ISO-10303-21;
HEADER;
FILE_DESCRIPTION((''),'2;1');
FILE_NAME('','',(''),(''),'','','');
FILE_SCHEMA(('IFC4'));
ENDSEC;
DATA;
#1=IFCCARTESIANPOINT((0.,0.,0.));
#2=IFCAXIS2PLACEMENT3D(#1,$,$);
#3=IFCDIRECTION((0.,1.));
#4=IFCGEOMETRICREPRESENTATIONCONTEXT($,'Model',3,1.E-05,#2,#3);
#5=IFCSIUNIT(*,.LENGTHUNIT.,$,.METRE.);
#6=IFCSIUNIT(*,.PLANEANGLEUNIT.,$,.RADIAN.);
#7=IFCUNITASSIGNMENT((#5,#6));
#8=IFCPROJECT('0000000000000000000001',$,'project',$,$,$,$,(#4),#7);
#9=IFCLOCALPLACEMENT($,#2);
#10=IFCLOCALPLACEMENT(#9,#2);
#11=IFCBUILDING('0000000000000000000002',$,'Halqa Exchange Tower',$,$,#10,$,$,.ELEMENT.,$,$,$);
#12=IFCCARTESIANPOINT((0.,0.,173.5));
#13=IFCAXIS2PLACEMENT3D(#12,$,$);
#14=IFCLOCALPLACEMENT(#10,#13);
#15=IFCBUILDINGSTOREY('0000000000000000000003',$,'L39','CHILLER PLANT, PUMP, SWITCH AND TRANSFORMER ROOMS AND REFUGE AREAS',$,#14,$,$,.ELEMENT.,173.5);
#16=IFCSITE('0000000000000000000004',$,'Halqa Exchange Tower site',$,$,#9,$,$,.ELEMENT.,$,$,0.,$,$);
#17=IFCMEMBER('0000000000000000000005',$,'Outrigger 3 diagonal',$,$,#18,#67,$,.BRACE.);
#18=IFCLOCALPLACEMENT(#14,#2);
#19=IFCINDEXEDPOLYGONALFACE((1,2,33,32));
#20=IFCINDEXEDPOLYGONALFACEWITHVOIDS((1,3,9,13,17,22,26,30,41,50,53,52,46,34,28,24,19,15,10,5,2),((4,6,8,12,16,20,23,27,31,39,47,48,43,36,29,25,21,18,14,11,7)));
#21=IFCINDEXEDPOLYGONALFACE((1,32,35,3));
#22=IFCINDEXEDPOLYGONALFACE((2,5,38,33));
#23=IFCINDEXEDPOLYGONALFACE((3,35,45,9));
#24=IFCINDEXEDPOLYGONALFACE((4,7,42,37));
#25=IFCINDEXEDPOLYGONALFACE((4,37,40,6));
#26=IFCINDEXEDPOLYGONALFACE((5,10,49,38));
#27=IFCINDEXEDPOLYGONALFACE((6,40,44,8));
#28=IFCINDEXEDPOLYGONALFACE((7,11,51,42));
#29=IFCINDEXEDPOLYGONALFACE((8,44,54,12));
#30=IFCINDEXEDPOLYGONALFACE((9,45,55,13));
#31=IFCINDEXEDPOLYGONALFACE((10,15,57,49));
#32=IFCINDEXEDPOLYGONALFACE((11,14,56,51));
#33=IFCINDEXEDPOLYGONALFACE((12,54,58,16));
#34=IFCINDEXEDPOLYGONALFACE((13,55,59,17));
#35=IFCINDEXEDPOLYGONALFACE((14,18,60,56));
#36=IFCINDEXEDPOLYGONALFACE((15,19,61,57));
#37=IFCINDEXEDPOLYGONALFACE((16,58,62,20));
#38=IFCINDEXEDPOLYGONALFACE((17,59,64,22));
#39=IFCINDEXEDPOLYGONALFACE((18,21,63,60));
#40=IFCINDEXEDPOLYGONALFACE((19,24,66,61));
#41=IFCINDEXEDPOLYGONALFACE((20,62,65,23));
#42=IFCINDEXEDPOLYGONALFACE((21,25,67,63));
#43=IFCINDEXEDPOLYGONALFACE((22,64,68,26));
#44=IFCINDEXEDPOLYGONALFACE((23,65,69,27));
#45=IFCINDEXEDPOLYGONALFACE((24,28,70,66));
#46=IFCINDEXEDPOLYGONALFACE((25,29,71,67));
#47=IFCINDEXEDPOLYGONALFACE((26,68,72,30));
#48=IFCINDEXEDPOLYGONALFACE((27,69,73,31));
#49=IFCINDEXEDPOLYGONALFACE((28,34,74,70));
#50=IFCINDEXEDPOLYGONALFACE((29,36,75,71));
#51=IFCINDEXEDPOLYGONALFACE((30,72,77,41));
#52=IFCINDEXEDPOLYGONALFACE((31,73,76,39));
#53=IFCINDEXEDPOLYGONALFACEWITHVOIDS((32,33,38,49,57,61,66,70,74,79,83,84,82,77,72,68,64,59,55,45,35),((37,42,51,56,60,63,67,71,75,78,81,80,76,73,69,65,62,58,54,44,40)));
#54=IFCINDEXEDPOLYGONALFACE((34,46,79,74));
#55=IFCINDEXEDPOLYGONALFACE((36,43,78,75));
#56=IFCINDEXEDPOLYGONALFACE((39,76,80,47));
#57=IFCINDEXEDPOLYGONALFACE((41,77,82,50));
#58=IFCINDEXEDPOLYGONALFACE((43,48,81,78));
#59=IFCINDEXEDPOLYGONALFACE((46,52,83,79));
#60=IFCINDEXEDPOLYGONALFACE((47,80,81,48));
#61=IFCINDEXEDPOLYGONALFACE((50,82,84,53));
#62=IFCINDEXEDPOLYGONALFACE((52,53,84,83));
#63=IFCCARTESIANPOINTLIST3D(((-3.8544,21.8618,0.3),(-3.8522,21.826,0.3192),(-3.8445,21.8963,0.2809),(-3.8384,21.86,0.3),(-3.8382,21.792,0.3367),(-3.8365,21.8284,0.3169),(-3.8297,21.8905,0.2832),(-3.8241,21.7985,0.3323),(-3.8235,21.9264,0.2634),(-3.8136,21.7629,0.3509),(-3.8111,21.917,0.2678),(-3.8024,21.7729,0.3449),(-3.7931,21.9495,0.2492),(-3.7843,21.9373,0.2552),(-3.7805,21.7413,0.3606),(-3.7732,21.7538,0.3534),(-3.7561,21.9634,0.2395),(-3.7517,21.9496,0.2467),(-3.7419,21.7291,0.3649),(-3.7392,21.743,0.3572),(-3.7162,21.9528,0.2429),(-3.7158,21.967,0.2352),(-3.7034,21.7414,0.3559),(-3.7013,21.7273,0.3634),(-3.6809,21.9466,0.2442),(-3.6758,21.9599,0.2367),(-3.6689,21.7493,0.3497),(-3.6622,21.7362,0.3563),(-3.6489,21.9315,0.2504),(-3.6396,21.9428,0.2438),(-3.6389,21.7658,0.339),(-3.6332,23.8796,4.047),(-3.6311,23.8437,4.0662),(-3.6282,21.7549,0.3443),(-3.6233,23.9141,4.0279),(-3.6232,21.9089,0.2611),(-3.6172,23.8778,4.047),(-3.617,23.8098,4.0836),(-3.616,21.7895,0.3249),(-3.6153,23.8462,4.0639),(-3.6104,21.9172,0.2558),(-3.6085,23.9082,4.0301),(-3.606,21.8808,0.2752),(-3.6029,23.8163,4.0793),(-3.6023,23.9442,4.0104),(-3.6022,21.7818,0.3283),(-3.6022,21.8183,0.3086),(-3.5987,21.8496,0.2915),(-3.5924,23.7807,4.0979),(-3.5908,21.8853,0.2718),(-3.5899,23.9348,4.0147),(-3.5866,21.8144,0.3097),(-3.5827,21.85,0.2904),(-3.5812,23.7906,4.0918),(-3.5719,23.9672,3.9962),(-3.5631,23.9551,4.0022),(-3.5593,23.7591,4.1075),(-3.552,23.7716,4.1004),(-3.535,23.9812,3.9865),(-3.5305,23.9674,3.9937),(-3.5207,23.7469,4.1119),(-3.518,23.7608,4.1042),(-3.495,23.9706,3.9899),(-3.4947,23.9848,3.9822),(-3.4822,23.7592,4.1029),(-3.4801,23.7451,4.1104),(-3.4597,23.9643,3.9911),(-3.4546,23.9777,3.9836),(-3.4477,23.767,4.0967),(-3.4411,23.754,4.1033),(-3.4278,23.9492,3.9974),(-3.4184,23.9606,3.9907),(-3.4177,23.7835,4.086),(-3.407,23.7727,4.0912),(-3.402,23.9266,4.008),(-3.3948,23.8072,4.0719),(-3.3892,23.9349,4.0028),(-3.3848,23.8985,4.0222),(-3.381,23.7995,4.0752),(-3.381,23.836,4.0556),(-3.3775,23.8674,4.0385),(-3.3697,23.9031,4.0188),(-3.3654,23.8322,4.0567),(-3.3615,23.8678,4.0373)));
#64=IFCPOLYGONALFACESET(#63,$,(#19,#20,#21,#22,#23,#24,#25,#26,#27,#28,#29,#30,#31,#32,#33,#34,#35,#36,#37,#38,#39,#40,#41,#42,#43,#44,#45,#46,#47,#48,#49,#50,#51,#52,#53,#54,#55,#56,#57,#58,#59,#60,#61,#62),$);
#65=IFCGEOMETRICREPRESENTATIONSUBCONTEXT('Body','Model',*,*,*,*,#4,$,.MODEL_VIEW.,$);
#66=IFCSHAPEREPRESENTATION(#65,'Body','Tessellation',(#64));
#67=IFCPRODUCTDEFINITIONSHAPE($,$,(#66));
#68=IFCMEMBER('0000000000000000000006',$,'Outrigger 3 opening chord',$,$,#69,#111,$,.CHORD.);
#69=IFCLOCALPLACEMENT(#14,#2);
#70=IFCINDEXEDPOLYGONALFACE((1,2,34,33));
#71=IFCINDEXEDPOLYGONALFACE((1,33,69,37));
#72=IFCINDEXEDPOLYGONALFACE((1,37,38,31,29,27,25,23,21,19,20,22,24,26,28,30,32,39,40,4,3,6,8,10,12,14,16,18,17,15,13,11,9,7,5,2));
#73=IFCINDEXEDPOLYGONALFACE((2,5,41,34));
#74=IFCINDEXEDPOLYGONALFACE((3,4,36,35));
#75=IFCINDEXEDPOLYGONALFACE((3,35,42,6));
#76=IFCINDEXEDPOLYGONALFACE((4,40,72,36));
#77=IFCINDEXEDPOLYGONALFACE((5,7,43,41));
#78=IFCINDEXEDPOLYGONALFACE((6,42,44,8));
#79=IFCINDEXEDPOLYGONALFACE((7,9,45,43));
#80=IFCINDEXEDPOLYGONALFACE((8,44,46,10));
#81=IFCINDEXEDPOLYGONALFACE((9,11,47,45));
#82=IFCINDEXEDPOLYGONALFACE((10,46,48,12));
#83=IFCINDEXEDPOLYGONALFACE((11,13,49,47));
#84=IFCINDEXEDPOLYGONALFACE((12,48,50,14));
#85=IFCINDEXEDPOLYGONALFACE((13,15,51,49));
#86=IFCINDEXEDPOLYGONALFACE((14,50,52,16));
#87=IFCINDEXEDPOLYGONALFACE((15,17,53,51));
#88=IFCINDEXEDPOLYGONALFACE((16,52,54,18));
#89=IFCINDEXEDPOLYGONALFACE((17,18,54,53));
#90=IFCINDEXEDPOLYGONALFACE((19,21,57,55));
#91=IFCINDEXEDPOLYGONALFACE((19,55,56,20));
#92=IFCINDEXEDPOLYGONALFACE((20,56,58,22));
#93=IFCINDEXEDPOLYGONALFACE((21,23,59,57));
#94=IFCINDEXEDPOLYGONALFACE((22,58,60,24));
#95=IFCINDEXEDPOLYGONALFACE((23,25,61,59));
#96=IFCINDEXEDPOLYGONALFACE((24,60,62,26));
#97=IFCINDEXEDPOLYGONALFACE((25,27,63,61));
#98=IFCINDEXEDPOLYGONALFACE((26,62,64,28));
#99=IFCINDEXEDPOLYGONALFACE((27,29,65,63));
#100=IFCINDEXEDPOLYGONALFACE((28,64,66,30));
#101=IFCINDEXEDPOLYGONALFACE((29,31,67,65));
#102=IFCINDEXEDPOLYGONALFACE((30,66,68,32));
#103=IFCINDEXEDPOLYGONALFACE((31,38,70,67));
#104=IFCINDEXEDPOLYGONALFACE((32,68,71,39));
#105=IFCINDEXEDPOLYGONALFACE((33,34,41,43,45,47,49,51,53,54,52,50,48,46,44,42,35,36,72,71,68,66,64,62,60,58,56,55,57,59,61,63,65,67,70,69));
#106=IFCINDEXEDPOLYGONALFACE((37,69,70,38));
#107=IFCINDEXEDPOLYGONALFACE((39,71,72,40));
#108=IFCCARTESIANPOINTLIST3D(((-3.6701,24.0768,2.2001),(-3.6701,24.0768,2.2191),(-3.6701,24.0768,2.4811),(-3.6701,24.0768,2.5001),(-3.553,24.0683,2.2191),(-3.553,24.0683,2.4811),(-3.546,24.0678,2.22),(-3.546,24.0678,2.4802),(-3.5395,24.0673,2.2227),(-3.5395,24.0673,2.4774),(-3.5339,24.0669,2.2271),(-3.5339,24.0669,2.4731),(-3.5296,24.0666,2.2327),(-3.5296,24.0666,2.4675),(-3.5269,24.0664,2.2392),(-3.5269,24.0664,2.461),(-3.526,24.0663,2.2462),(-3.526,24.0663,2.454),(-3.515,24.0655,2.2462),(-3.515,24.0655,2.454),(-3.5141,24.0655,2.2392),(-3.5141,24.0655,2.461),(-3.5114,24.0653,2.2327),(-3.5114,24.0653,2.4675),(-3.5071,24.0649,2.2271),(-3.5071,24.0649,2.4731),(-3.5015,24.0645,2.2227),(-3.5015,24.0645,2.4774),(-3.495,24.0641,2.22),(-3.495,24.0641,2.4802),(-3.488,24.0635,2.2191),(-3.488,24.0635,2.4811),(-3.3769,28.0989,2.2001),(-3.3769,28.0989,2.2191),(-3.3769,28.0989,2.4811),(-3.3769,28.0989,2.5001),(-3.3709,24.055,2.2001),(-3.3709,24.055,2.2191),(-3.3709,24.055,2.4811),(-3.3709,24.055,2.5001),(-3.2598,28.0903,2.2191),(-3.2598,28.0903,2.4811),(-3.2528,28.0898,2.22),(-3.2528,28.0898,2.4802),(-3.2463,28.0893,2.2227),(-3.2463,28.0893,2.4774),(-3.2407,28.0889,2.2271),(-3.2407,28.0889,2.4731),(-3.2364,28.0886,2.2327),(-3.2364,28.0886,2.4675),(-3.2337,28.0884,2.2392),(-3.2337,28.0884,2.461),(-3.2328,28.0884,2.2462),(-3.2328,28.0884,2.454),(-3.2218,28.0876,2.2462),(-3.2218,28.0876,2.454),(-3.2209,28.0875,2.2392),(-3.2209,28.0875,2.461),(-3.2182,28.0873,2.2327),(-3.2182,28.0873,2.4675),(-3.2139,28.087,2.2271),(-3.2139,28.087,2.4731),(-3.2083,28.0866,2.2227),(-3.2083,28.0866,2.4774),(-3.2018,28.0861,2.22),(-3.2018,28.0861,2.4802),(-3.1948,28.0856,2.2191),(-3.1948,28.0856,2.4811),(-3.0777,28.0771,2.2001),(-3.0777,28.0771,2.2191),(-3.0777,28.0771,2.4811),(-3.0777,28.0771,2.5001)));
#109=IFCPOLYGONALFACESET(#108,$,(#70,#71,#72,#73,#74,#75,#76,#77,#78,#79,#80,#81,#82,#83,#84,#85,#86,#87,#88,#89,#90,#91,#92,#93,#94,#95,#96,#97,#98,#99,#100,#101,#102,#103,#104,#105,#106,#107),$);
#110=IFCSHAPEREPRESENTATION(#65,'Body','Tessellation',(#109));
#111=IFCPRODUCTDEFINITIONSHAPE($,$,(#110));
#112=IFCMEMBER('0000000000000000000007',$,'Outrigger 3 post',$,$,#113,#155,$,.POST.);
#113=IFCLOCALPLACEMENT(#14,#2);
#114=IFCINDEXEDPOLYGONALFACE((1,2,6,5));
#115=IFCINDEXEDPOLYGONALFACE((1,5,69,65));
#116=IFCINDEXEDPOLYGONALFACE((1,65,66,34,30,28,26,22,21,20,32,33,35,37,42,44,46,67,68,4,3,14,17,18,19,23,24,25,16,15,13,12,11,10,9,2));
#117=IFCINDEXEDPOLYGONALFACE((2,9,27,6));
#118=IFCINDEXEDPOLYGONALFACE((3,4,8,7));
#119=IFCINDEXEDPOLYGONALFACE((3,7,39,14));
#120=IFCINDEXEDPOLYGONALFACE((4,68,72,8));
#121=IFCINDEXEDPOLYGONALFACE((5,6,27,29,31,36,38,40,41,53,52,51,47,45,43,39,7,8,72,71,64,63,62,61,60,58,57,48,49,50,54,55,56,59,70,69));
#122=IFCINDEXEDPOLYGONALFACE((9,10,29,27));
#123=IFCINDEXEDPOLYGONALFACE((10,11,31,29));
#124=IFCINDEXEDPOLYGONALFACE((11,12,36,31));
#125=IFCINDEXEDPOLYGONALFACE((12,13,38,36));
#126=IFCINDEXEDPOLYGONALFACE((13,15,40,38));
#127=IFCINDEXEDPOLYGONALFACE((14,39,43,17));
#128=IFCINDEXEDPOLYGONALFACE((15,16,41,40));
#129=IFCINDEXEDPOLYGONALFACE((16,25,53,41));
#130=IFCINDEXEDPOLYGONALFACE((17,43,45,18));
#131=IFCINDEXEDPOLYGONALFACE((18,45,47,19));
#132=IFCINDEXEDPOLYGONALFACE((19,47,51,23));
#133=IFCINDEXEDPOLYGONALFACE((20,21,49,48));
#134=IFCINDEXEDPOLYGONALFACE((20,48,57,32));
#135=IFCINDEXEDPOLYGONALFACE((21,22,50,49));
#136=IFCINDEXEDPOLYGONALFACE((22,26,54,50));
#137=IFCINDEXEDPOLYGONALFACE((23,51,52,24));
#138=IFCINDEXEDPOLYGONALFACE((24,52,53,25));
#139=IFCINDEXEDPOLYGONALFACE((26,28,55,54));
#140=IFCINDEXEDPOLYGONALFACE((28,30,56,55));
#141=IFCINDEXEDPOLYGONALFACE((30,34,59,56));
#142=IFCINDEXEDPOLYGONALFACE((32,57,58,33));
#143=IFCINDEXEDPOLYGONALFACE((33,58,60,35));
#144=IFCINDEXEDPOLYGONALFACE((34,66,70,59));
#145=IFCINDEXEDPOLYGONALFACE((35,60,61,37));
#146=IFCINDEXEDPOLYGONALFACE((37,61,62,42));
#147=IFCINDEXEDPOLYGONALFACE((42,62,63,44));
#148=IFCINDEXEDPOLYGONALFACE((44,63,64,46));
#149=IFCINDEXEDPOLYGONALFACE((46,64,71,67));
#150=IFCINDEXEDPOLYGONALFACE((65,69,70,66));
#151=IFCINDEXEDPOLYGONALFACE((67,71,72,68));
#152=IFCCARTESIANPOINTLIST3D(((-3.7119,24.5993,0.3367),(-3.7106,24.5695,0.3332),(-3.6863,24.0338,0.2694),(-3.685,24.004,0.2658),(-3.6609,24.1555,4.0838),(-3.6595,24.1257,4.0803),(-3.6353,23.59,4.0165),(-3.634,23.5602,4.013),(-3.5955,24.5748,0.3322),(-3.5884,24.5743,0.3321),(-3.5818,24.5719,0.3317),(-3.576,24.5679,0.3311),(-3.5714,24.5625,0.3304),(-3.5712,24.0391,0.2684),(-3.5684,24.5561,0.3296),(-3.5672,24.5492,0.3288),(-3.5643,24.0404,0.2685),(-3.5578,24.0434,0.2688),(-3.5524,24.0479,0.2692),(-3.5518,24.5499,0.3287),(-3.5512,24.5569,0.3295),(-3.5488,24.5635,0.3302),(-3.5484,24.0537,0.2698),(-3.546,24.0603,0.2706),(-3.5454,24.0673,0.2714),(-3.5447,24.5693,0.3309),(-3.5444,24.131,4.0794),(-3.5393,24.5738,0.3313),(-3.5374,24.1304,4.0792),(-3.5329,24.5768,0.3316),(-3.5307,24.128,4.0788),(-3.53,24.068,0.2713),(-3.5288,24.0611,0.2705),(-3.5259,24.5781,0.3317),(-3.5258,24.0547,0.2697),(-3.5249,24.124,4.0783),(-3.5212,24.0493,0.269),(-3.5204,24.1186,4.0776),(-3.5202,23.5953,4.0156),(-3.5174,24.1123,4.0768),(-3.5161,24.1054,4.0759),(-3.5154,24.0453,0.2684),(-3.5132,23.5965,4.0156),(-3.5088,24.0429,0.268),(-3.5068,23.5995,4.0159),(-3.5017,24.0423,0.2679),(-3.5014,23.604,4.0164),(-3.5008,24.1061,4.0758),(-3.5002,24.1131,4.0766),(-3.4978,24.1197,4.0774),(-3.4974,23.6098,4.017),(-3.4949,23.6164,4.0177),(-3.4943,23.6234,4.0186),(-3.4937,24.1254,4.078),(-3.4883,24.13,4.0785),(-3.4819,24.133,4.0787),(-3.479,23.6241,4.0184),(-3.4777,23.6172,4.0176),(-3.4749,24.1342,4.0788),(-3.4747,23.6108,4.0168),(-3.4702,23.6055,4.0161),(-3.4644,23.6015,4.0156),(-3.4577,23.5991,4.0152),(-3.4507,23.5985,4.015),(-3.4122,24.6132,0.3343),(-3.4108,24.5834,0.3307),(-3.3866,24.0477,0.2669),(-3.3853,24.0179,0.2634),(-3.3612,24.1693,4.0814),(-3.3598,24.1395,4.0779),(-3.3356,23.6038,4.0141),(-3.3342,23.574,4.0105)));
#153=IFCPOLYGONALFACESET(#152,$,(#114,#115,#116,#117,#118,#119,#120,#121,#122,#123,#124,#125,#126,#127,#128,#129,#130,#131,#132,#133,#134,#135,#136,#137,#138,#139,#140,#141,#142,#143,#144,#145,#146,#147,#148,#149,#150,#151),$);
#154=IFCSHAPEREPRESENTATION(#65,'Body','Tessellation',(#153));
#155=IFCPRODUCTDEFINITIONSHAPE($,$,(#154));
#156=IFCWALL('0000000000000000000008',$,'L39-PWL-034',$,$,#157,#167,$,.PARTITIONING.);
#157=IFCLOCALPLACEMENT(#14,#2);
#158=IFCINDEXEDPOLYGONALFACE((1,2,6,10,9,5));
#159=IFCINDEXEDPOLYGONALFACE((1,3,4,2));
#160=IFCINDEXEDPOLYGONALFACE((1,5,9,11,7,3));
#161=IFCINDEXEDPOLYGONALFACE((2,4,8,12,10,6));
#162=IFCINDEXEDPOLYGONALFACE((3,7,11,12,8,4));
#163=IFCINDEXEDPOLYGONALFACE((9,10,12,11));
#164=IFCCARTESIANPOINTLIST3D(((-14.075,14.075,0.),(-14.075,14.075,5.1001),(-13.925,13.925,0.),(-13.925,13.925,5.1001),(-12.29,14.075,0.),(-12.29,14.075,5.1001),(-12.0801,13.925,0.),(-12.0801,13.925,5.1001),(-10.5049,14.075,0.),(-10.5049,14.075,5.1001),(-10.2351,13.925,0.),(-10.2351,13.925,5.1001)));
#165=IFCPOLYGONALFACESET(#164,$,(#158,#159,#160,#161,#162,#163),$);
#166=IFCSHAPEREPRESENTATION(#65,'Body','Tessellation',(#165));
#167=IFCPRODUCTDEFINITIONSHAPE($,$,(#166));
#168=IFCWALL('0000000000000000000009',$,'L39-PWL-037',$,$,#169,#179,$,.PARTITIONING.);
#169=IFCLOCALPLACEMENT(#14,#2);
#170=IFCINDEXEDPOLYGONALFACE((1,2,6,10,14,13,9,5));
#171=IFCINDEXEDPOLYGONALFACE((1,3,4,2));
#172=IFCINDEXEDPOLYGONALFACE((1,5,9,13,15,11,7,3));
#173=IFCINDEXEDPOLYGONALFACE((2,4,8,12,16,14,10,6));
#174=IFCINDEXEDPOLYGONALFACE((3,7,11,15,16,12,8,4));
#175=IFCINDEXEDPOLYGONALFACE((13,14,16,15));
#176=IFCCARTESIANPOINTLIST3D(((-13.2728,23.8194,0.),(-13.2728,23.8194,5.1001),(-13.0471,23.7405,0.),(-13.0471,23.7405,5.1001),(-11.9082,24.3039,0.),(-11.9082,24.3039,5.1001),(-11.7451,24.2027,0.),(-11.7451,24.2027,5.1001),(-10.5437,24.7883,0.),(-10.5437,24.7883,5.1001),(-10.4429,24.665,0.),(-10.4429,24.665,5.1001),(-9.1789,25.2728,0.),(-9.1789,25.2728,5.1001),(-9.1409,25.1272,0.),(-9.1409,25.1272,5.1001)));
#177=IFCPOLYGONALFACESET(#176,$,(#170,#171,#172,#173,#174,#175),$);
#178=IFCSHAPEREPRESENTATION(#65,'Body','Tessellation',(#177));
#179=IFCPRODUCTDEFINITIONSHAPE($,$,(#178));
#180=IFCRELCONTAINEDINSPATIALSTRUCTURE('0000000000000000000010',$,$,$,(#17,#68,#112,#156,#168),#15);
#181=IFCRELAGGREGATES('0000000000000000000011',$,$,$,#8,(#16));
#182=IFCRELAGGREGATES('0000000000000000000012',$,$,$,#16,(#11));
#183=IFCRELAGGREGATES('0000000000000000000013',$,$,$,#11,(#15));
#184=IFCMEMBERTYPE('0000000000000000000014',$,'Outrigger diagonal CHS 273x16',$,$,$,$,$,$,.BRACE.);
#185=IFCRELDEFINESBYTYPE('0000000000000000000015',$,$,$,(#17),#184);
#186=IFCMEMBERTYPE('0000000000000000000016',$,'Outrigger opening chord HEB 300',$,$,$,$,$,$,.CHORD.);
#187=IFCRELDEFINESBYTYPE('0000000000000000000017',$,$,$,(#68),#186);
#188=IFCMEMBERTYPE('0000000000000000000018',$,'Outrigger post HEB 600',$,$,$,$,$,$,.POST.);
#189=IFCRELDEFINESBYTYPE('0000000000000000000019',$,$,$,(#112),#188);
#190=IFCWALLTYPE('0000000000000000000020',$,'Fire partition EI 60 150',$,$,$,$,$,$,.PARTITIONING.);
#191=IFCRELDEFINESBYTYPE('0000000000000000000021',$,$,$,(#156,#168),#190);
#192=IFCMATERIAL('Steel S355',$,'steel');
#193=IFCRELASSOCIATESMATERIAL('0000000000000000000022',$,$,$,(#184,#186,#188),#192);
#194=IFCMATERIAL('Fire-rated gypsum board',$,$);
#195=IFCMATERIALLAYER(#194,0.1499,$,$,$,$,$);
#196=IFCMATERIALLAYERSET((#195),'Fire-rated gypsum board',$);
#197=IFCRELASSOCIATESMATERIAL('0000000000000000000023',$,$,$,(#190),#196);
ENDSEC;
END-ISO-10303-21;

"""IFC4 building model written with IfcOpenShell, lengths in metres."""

from ifc_helpers import new_model, si_unit, direction, frame, origin, origin_2d, place, context, subcontext, project, spatial, polyline, hollow_circle, i_section, outline, extrude, material, layer, layer_set, material_profile, profile_set, type_object, element, save


model = new_model("IFC4")

# Units and contexts
model_context = context("Model", 3, precision=1e-05, world=origin(), true_north=direction((0.0, 1.0)))
body_context = subcontext(model_context, "Body", "Model", "MODEL_VIEW")
ifc_project = project(units=[si_unit("LENGTHUNIT", "METRE"), si_unit("PLANEANGLEUNIT", "RADIAN")], contexts=[model_context])

# Site, building, storey
site_placement = place(None, origin())
site = spatial("IfcSite", under=ifc_project, at=site_placement, Name="Halqa Exchange Tower site", CompositionType="ELEMENT", RefElevation=0.0)
building_placement = place(site_placement, origin())
building = spatial("IfcBuilding", under=site, at=building_placement, Name="Halqa Exchange Tower", CompositionType="ELEMENT")
storey_placement = place(building_placement, frame((0.0, 0.0, 173.5)))
storey = spatial("IfcBuildingStorey", under=building, at=storey_placement, Name="L39", Description="CHILLER PLANT, PUMP, SWITCH AND TRANSFORMER ROOMS AND REFUGE AREAS", CompositionType="ELEMENT", Elevation=173.5)

# Members
ifc_material_1 = material(Name="Steel S355", Category="steel")
ifc_material_profile_1 = material_profile(ifc_material_1, hollow_circle(Radius=0.1365, WallThickness=0.0161, at=origin_2d()), Name="CHS 273x16")
ifc_profile_set_1 = profile_set([ifc_material_profile_1], Name="Steel S355")
member_type_1 = type_object("IfcMemberType", Name="Outrigger diagonal CHS 273x16", PredefinedType="BRACE", material=ifc_profile_set_1)
member_1_placement = place(storey_placement, frame((-3.7188, 21.8469, 0.3), z_axis=(0.051904, 0.473492, 0.879268), x_axis=(-0.994045, 0.108966, 0.0)))
element("IfcMember", 1, at=member_1_placement, inside=storey, type_object=member_type_1, Name="Outrigger 3 diagonal", PredefinedType="BRACE", context=body_context, shape_type="SweptSolid", body=[
    extrude(hollow_circle(Radius=0.1365, WallThickness=0.0161, at=origin_2d()), origin(), (0.0, 0.0, 1.0), 4.2615),
])
ifc_material_profile_2 = material_profile(ifc_material_1, i_section(OverallWidth=0.3, OverallDepth=0.3, WebThickness=0.011, FlangeThickness=0.019, FilletRadius=0.0271, at=origin_2d()), Name="HEB 300")
ifc_profile_set_2 = profile_set([ifc_material_profile_2], Name="Steel S355")
member_type_2 = type_object("IfcMemberType", Name="Outrigger opening chord HEB 300", PredefinedType="CHORD", material=ifc_profile_set_2)
member_2_placement = place(storey_placement, frame((-3.5205, 24.0659, 2.3501), z_axis=(0.07271, 0.997353, 0.0), x_axis=(-0.997353, 0.07271, 0.0)))
element("IfcMember", 2, at=member_2_placement, inside=storey, type_object=member_type_2, Name="Outrigger 3 opening chord", PredefinedType="CHORD", context=body_context, shape_type="SweptSolid", body=[
    extrude(i_section(OverallWidth=0.3, OverallDepth=0.3, WebThickness=0.011, FlangeThickness=0.019, FilletRadius=0.0271, at=origin_2d()), origin(), (0.0, 0.0, 1.0), 4.0327),
])
ifc_material_profile_3 = material_profile(ifc_material_1, i_section(OverallWidth=0.3, OverallDepth=0.6001, WebThickness=0.0154, FlangeThickness=0.03, FilletRadius=0.0271, at=origin_2d()), Name="HEB 600")
ifc_profile_set_3 = profile_set([ifc_material_profile_3], Name="Steel S355")
member_type_3 = type_object("IfcMemberType", Name="Outrigger post HEB 600", PredefinedType="POST", material=ifc_profile_set_3)
member_3_placement = place(storey_placement, frame((-3.5486, 24.3086, 0.3), z_axis=(0.013522, -0.117619, 0.992967), x_axis=(-0.998901, -0.046157, 0.008135)))
element("IfcMember", 3, at=member_3_placement, inside=storey, type_object=member_type_3, Name="Outrigger 3 post", PredefinedType="POST", context=body_context, shape_type="SweptSolid", body=[
    extrude(i_section(OverallWidth=0.3, OverallDepth=0.6001, WebThickness=0.0154, FlangeThickness=0.03, FilletRadius=0.0271, at=origin_2d()), origin(), (0.0, 0.0, 1.0), 3.7737),
])

# Wall
ifc_material_2 = material(Name="Fire-rated gypsum board")
ifc_layer_1 = layer(ifc_material_2, 0.1499)
ifc_layer_set_1 = layer_set([ifc_layer_1], Name="Fire-rated gypsum board")
wall_type_1 = type_object("IfcWallType", Name="Fire partition EI 60 150", PredefinedType="PARTITIONING", material=ifc_layer_set_1)
wall_1_placement = place(storey_placement, frame((-14.075, 14.0, 0.0), z_axis=(0.0, 0.0, 1.0), x_axis=(1.0, 0.0, 0.0)))
element("IfcWall", 4, at=wall_1_placement, inside=storey, type_object=wall_type_1, Name="L39-PWL-034", PredefinedType="PARTITIONING", context=body_context, shape_type="SweptSolid", body=[
    extrude(outline(polyline([(3.8398, -0.075), (3.8398, -0.075), (3.5701, 0.075), (1.7849, 0.075), (0.0, 0.075), (0.1499, -0.075), (1.9949, -0.075), (3.8398, -0.075)])), origin(), (0.0, 0.0, 1.0), 5.1001),
])

# Wall
wall_2_placement = place(storey_placement, frame((-9.1538, 25.2021, 0.0), z_axis=(0.0, 0.0, 1.0), x_axis=(-0.94238, -0.334545, 0.0)))
element("IfcWall", 5, at=wall_2_placement, inside=storey, type_object=wall_type_1, Name="L39-PWL-037", PredefinedType="PARTITIONING", context=body_context, shape_type="SweptSolid", body=[
    extrude(outline(polyline([(0.0, -0.075), (1.4482, -0.075), (2.8962, -0.075), (4.3442, -0.075), (4.158, 0.075), (2.7764, 0.075), (1.3945, 0.075), (0.0129, 0.075), (0.0, -0.075)])), origin(), (0.0, 0.0, 1.0), 5.1001),
])

save(model, "model.ifc")
